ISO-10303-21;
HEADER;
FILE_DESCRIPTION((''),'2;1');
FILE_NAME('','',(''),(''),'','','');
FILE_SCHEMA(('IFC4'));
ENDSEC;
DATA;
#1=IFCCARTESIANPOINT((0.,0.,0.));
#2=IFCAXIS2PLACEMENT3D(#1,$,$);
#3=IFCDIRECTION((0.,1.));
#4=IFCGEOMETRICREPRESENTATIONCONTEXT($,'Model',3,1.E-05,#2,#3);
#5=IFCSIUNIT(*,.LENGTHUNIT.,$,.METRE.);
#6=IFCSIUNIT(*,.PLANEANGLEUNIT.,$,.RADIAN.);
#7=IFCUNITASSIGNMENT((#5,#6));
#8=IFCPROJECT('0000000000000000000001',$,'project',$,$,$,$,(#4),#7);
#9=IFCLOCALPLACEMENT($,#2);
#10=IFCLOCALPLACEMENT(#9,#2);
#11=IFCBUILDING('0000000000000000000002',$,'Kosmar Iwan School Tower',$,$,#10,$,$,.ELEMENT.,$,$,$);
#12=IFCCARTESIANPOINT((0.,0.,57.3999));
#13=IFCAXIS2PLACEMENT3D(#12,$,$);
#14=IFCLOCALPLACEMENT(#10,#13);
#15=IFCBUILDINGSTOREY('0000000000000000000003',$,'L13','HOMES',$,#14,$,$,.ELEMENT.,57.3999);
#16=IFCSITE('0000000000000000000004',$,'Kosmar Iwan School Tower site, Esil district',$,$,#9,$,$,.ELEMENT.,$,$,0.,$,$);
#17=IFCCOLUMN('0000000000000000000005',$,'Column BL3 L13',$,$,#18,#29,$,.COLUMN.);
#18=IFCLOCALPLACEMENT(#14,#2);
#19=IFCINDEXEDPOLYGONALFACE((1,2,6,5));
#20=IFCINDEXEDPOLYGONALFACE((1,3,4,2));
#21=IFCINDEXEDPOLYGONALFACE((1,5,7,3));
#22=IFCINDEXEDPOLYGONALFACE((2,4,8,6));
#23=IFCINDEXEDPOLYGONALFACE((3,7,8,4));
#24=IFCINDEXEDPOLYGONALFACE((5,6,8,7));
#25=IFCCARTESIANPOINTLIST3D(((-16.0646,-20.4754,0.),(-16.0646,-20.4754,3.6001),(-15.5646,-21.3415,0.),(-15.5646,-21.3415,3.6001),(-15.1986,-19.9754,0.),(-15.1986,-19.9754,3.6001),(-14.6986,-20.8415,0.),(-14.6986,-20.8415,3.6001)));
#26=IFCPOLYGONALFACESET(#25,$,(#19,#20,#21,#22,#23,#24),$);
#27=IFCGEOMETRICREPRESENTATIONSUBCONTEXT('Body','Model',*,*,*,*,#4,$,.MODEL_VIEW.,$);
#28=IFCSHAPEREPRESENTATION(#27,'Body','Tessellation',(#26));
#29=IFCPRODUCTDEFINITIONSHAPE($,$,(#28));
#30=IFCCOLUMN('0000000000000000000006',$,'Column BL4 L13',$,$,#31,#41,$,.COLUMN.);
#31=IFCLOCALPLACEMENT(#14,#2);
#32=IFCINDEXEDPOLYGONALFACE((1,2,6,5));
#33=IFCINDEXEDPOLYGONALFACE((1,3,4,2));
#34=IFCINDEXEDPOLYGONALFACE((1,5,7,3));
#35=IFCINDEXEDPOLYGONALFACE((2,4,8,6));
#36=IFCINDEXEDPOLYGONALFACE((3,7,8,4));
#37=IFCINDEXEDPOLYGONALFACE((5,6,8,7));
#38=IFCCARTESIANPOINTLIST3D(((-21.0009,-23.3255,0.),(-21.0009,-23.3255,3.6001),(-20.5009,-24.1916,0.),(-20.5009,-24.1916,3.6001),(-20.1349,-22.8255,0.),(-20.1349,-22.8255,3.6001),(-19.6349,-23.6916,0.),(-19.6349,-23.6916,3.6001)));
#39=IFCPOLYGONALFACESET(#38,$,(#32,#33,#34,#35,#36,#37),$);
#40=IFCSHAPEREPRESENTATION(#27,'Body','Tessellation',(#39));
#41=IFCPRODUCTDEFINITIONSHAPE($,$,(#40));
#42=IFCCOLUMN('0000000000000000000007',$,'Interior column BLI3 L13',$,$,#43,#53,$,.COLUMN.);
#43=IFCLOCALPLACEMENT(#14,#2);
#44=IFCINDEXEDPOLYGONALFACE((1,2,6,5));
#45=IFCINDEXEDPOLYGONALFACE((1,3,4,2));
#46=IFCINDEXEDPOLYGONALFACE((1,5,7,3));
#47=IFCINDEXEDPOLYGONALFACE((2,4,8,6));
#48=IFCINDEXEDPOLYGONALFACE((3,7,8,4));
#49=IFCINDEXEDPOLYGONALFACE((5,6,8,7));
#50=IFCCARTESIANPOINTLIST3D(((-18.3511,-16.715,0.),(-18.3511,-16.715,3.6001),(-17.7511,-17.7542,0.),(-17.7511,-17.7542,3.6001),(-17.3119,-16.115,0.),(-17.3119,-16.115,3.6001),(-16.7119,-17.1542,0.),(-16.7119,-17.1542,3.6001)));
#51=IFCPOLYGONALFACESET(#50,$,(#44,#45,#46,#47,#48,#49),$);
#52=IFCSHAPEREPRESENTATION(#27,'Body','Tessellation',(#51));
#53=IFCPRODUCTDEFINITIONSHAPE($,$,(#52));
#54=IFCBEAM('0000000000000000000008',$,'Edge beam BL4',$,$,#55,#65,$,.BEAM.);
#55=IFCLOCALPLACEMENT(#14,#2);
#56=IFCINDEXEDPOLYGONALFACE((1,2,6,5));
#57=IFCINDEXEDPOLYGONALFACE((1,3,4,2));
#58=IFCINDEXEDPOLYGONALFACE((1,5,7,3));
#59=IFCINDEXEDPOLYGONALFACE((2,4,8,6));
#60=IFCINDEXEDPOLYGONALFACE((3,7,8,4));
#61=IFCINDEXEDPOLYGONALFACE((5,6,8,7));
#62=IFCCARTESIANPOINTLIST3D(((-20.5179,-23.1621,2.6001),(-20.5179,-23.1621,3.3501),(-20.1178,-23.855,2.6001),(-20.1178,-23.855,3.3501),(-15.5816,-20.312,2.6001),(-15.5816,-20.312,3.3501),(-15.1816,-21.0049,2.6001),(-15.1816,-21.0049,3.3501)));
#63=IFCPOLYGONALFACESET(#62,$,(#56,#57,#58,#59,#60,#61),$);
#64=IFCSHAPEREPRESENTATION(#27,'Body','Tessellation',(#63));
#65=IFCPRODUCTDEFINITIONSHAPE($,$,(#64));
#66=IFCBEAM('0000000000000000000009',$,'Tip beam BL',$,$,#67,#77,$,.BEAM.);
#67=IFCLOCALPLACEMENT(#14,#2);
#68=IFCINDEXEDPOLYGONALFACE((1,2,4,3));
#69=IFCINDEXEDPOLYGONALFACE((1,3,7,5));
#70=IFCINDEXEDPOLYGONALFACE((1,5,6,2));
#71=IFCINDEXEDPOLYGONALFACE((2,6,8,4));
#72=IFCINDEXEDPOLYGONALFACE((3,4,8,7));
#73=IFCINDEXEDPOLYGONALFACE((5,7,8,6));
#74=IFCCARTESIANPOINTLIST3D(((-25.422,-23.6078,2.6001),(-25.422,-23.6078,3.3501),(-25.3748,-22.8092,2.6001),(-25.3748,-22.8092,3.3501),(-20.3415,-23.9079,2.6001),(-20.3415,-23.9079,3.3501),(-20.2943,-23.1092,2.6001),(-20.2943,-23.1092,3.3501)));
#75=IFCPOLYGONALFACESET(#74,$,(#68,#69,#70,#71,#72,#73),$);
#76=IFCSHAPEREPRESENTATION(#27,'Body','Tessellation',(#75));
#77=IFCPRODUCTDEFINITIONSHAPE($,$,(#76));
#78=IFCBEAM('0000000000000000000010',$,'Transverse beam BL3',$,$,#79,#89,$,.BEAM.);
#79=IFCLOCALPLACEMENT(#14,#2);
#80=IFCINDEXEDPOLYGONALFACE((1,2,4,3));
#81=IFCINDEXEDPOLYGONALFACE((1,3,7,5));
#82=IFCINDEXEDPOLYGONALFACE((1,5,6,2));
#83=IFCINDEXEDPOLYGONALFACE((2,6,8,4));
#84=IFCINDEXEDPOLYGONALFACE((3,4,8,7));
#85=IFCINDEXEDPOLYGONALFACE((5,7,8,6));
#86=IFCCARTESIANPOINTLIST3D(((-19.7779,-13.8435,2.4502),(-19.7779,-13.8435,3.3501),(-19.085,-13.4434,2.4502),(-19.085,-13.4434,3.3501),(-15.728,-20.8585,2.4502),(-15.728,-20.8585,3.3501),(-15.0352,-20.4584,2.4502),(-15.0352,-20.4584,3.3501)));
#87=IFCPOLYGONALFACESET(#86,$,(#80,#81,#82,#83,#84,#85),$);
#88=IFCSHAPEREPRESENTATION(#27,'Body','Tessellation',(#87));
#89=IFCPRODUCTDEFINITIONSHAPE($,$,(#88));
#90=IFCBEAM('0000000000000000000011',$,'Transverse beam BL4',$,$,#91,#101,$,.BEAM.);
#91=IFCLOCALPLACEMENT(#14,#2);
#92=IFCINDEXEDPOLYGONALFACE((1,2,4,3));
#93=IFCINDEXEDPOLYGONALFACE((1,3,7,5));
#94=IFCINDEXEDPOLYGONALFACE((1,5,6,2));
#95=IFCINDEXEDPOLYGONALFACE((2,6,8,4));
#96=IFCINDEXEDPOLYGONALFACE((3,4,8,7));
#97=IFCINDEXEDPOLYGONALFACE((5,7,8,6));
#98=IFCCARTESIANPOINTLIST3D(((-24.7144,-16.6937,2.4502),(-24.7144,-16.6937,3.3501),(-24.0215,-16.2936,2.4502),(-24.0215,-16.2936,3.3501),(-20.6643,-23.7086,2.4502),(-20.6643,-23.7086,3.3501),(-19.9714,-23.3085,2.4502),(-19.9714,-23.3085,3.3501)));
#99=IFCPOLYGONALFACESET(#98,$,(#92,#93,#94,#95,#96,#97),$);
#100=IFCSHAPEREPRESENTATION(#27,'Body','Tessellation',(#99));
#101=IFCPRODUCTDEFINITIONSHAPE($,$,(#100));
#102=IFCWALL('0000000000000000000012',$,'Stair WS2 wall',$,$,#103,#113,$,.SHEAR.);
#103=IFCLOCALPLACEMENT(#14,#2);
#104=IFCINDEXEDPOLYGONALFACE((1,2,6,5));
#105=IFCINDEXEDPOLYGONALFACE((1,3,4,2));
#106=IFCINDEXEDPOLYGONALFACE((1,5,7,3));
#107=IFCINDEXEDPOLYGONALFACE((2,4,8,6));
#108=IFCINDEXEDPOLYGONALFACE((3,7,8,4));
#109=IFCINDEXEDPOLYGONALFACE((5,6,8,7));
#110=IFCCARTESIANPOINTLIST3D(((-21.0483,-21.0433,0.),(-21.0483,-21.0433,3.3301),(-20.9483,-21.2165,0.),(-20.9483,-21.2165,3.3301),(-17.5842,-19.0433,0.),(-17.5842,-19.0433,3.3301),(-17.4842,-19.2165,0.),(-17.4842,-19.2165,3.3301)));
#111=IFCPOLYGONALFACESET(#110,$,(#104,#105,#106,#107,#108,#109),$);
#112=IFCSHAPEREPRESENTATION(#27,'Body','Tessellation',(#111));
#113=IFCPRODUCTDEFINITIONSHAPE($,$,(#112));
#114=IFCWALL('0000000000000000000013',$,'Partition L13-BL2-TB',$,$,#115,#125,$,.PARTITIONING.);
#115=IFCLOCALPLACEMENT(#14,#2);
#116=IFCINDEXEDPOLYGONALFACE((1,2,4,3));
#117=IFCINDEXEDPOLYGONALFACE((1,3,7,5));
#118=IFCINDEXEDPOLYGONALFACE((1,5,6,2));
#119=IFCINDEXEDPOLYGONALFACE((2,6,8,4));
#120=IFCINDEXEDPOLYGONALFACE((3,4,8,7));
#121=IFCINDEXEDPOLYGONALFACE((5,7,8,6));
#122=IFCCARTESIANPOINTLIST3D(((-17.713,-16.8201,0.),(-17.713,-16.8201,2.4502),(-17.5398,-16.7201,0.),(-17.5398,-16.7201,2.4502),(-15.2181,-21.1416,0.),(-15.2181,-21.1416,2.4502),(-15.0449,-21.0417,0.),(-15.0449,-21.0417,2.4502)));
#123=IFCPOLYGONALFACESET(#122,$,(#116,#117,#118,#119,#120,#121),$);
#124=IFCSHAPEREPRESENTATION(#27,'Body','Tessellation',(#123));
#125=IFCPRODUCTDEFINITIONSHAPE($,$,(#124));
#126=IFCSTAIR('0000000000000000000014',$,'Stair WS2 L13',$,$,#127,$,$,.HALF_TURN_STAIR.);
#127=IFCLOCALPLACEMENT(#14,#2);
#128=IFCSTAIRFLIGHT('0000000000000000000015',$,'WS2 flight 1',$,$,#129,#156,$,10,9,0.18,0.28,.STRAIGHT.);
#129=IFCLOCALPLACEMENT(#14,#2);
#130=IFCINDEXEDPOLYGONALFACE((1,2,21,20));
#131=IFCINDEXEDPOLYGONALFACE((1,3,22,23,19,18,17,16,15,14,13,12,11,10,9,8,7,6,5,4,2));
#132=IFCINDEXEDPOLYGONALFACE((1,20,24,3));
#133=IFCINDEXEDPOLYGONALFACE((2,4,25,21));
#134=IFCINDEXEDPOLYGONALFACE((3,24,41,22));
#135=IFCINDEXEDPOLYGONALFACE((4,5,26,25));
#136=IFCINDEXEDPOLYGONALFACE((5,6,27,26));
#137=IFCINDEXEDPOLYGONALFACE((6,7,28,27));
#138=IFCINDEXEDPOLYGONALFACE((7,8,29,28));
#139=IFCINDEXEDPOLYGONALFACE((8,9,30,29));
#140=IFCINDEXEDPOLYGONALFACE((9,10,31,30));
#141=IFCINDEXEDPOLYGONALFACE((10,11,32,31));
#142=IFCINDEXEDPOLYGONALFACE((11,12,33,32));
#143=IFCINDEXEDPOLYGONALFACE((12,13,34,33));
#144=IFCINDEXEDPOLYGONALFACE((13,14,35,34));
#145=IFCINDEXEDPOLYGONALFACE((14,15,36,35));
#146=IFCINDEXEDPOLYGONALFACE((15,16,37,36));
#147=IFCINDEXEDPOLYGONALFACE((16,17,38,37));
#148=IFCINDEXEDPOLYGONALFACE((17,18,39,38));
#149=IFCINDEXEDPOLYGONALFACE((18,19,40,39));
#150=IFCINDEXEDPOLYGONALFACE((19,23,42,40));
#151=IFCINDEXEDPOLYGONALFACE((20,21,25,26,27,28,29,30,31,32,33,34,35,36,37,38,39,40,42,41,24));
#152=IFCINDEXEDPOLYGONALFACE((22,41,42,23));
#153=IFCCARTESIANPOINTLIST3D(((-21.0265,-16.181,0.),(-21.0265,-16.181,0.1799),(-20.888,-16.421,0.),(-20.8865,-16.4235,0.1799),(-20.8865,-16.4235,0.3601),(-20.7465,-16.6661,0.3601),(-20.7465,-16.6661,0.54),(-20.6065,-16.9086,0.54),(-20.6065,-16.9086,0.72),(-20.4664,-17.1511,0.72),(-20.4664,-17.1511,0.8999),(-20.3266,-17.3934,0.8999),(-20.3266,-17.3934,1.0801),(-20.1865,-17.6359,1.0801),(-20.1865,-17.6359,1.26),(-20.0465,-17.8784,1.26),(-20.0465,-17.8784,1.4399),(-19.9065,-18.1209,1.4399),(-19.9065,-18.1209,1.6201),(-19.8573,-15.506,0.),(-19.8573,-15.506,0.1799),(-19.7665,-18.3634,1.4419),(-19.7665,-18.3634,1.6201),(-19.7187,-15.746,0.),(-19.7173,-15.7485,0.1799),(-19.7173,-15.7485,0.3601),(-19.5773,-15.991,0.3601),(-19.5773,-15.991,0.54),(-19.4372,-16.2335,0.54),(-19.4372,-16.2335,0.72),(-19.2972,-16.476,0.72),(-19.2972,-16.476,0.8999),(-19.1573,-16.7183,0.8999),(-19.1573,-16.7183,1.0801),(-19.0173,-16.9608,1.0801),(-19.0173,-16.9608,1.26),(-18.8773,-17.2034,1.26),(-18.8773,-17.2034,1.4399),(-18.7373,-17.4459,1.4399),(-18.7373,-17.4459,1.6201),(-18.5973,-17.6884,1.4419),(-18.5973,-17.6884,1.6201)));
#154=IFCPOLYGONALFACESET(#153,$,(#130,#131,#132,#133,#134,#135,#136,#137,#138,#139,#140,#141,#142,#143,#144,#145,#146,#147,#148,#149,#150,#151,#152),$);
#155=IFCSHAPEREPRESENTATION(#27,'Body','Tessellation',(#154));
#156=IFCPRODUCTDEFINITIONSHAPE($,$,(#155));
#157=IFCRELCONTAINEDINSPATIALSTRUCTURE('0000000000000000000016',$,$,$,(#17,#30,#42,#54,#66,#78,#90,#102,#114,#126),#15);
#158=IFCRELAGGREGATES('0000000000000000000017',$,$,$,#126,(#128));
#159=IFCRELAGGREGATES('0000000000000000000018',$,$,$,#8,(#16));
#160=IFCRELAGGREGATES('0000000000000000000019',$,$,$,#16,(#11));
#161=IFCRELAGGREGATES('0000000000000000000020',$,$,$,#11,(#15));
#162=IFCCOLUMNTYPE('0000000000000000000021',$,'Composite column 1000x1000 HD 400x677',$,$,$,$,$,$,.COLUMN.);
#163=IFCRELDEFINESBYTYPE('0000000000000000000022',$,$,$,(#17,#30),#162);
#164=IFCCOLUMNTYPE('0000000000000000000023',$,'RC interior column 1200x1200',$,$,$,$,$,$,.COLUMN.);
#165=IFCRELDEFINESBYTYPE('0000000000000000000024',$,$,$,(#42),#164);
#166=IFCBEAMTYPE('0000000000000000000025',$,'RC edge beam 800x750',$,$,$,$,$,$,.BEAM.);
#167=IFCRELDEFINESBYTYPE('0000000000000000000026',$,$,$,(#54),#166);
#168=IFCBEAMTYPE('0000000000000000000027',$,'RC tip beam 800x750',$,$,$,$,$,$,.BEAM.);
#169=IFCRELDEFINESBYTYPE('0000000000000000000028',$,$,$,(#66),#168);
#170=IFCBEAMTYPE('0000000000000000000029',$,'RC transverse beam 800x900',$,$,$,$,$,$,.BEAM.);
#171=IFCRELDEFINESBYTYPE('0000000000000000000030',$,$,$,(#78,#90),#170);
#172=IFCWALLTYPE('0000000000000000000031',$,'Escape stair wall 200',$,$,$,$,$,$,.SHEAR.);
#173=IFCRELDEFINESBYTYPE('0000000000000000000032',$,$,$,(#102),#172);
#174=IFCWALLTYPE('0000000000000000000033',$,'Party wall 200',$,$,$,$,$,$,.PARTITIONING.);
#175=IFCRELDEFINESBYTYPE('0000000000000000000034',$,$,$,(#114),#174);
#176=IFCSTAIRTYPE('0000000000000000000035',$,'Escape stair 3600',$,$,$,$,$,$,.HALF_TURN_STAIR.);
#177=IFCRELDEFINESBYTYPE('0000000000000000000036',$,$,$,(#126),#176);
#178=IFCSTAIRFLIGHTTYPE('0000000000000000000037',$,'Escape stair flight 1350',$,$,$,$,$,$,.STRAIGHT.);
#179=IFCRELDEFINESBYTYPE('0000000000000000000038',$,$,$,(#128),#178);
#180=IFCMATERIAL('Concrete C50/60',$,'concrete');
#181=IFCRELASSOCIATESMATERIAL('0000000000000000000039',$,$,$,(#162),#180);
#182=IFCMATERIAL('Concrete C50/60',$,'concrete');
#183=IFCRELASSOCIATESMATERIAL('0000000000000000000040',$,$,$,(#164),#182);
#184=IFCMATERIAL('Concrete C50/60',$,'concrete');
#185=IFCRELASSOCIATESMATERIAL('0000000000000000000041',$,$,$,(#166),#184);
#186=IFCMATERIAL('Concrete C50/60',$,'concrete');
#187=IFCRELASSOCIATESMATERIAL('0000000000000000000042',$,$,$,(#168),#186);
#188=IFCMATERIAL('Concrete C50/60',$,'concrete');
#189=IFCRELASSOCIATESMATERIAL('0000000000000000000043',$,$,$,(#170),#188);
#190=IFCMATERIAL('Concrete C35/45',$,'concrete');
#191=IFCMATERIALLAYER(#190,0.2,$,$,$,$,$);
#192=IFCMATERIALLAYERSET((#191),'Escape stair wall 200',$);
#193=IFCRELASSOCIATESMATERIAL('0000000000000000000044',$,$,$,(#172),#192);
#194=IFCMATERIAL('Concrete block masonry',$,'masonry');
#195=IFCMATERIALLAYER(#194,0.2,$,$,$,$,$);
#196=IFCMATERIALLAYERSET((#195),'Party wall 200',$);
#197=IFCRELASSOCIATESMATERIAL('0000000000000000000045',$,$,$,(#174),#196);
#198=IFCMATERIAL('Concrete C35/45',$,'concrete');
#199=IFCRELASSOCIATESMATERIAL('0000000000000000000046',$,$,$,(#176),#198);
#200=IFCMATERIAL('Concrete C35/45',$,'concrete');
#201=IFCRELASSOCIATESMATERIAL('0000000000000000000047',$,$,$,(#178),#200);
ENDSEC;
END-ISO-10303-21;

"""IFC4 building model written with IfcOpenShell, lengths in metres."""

from ifc_helpers import new_model, si_unit, direction, frame, frame_2d, origin, origin_2d, place, context, subcontext, project, spatial, polyline, rectangle, outline, extrude, material, layer, layer_set, material_profile, profile_set, type_object, element, aggregate, save


model = new_model("IFC4")

# Units and contexts
model_context = context("Model", 3, precision=1e-05, world=origin(), true_north=direction((0.0, 1.0)))
body_context = subcontext(model_context, "Body", "Model", "MODEL_VIEW")
ifc_project = project(units=[si_unit("LENGTHUNIT", "METRE"), si_unit("PLANEANGLEUNIT", "RADIAN")], contexts=[model_context])

# Site, building, storey
site_placement = place(None, origin())
site = spatial("IfcSite", under=ifc_project, at=site_placement, Name="Kosmar Iwan School Tower site, Esil district", CompositionType="ELEMENT", RefElevation=0.0)
building_placement = place(site_placement, origin())
building = spatial("IfcBuilding", under=site, at=building_placement, Name="Kosmar Iwan School Tower", CompositionType="ELEMENT")
storey_placement = place(building_placement, frame((0.0, 0.0, 57.3999)))
storey = spatial("IfcBuildingStorey", under=building, at=storey_placement, Name="L13", Description="HOMES", CompositionType="ELEMENT", Elevation=57.3999)

# Columns
ifc_material_1 = material(Name="Concrete C50/60", Category="concrete")
ifc_material_profile_1 = material_profile(ifc_material_1, rectangle(XDim=1.0, YDim=1.0, at=origin_2d()), Name="RC 1000x1000 + HD 400x677")
ifc_profile_set_1 = profile_set([ifc_material_profile_1], Name="Concrete C50/60")
column_type_1 = type_object("IfcColumnType", Name="Composite column 1000x1000 HD 400x677", PredefinedType="COLUMN", material=ifc_profile_set_1)
for number, where, z_axis, x_axis, name in (
    (1, (-15.3816, -20.6584, 0.0), (0.0, 0.0, 1.0), (-0.866025, -0.5, 0.0), "Column BL3 L13"),
    (2, (-20.3179, -23.5085, 0.0), (0.0, 0.0, 1.0), (-0.866025, -0.5, 0.0), "Column BL4 L13"),
):
    element("IfcColumn", number, at=place(storey_placement, frame(where, z_axis=z_axis, x_axis=x_axis)), inside=storey, type_object=column_type_1, Name=name, PredefinedType="COLUMN", context=body_context, shape_type="SweptSolid", body=[
        extrude(rectangle(XDim=1.0, YDim=1.0, at=origin_2d()), origin(), (0.0, 0.0, 1.0), 3.6001),
    ])
ifc_material_2 = material(Name="Concrete C50/60", Category="concrete")
ifc_material_profile_2 = material_profile(ifc_material_2, rectangle(XDim=1.2, YDim=1.2, at=origin_2d()), Name="RC 1200x1200")
ifc_profile_set_2 = profile_set([ifc_material_profile_2], Name="Concrete C50/60")
column_type_2 = type_object("IfcColumnType", Name="RC interior column 1200x1200", PredefinedType="COLUMN", material=ifc_profile_set_2)
column_placement = place(storey_placement, frame((-17.5315, -16.9346, 0.0), z_axis=(0.0, 0.0, 1.0), x_axis=(-0.866025, -0.5, 0.0)))
element("IfcColumn", 3, at=column_placement, inside=storey, type_object=column_type_2, Name="Interior column BLI3 L13", PredefinedType="COLUMN", context=body_context, shape_type="SweptSolid", body=[
    extrude(rectangle(XDim=1.2, YDim=1.2, at=origin_2d()), origin(), (0.0, 0.0, 1.0), 3.6001),
])

# Beams
ifc_material_3 = material(Name="Concrete C50/60", Category="concrete")
ifc_material_profile_3 = material_profile(ifc_material_3, rectangle(XDim=0.8, YDim=0.75, at=origin_2d()), Name="RC 800x750")
ifc_profile_set_3 = profile_set([ifc_material_profile_3], Name="Concrete C50/60")
beam_type_1 = type_object("IfcBeamType", Name="RC edge beam 800x750", PredefinedType="BEAM", material=ifc_profile_set_3)
beam_1_placement = place(storey_placement, frame((-15.3816, -20.6584, 2.9751), z_axis=(-0.866015, -0.500018, 0.0), x_axis=(0.500018, -0.866015, 0.0)))
element("IfcBeam", 4, at=beam_1_placement, inside=storey, type_object=beam_type_1, Name="Edge beam BL4", PredefinedType="BEAM", context=body_context, shape_type="SweptSolid", body=[
    extrude(rectangle(XDim=0.8, YDim=0.75, at=origin_2d()), origin(), (0.0, 0.0, 1.0), 5.7),
])
ifc_material_4 = material(Name="Concrete C50/60", Category="concrete")
ifc_material_profile_4 = material_profile(ifc_material_4, rectangle(XDim=0.8, YDim=0.75, at=origin_2d()), Name="RC 800x750")
ifc_profile_set_4 = profile_set([ifc_material_profile_4], Name="Concrete C50/60")
beam_type_2 = type_object("IfcBeamType", Name="RC tip beam 800x750", PredefinedType="BEAM", material=ifc_profile_set_4)
beam_2_placement = place(storey_placement, frame((-20.3179, -23.5085, 2.9751), z_axis=(-0.998261, 0.058955, 0.0), x_axis=(-0.058955, -0.998261, 0.0)))
element("IfcBeam", 5, at=beam_2_placement, inside=storey, type_object=beam_type_2, Name="Tip beam BL", PredefinedType="BEAM", context=body_context, shape_type="SweptSolid", body=[
    extrude(rectangle(XDim=0.8, YDim=0.75, at=origin_2d()), origin(), (0.0, 0.0, 1.0), 5.0894),
])
ifc_material_5 = material(Name="Concrete C50/60", Category="concrete")
ifc_material_profile_5 = material_profile(ifc_material_5, rectangle(XDim=0.8, YDim=0.8999, at=origin_2d()), Name="RC 800x900")
ifc_profile_set_5 = profile_set([ifc_material_profile_5], Name="Concrete C50/60")
beam_type_3 = type_object("IfcBeamType", Name="RC transverse beam 800x900", PredefinedType="BEAM", material=ifc_profile_set_5)
for number, where, z_axis, x_axis, name in (
    (6, (-15.3816, -20.6584, 2.9001), (-0.499977, 0.866039, 0.0), (-0.866039, -0.499977, 0.0), "Transverse beam BL3"),
    (7, (-20.3179, -23.5085, 2.9001), (-0.5, 0.866025, 0.0), (-0.866025, -0.5, 0.0), "Transverse beam BL4"),
):
    element("IfcBeam", number, at=place(storey_placement, frame(where, z_axis=z_axis, x_axis=x_axis)), inside=storey, type_object=beam_type_3, Name=name, PredefinedType="BEAM", context=body_context, shape_type="SweptSolid", body=[
        extrude(rectangle(XDim=0.8, YDim=0.8999, at=origin_2d()), origin(), (0.0, 0.0, 1.0), 8.1001),
    ])

# Walls
ifc_material_6 = material(Name="Concrete C35/45", Category="concrete")
ifc_layer_1 = layer(ifc_material_6, 0.2)
ifc_layer_set_1 = layer_set([ifc_layer_1], Name="Escape stair wall 200")
wall_type_1 = type_object("IfcWallType", Name="Escape stair wall 200", PredefinedType="SHEAR", material=ifc_layer_set_1)
wall_1_placement = place(storey_placement, frame((-17.5342, -19.1299, 0.0), z_axis=(0.0, 0.0, 1.0), x_axis=(-0.866026, -0.499999, 0.0)))
element("IfcWall", 8, at=wall_1_placement, inside=storey, type_object=wall_type_1, Name="Stair WS2 wall", PredefinedType="SHEAR", context=body_context, shape_type="SweptSolid", body=[
    extrude(rectangle(XDim=4.0, YDim=0.2, at=frame_2d((2.0, 0.0))), origin(), (0.0, 0.0, 1.0), 3.3301),
])
ifc_material_7 = material(Name="Concrete block masonry", Category="masonry")
ifc_layer_2 = layer(ifc_material_7, 0.2)
ifc_layer_set_2 = layer_set([ifc_layer_2], Name="Party wall 200")
wall_type_2 = type_object("IfcWallType", Name="Party wall 200", PredefinedType="PARTITIONING", material=ifc_layer_set_2)
wall_2_placement = place(storey_placement, frame((-17.6265, -16.77, 0.0), z_axis=(0.0, 0.0, 1.0), x_axis=(0.499975, -0.86604, 0.0)))
element("IfcWall", 9, at=wall_2_placement, inside=storey, type_object=wall_type_2, Name="Partition L13-BL2-TB", PredefinedType="PARTITIONING", context=body_context, shape_type="SweptSolid", body=[
    extrude(rectangle(XDim=4.99, YDim=0.2, at=frame_2d((2.4951, 0.0))), origin(), (0.0, 0.0, 1.0), 2.4502),
])

# Stair, stair flight
ifc_material_8 = material(Name="Concrete C35/45", Category="concrete")
stair_type = type_object("IfcStairType", Name="Escape stair 3600", PredefinedType="HALF_TURN_STAIR", material=ifc_material_8)
stair_placement = place(storey_placement, origin())
stair = element("IfcStair", 10, at=stair_placement, inside=storey, type_object=stair_type, Name="Stair WS2 L13", PredefinedType="HALF_TURN_STAIR")
ifc_material_9 = material(Name="Concrete C35/45", Category="concrete")
stair_flight_type = type_object("IfcStairFlightType", Name="Escape stair flight 1350", PredefinedType="STRAIGHT", material=ifc_material_9)
stair_flight_1_placement = place(storey_placement, frame((-20.4419, -15.8435, 0.0), z_axis=(0.0, 0.0, 1.0), x_axis=(0.5, -0.866025, 0.0)))
stair_flight_1 = element("IfcStairFlight", 11, at=stair_flight_1_placement, type_object=stair_flight_type, Name="WS2 flight 1", NumberOfRisers=10, NumberOfTreads=9, PredefinedType="STRAIGHT", RiserHeight=0.18, TreadLength=0.28, context=body_context, shape_type="SweptSolid", body=[
    extrude(outline(polyline([(0.0, 0.0), (0.0, 0.1799), (0.28, 0.1799), (0.28, 0.3601), (0.5601, 0.3601), (0.5601, 0.54), (0.8401, 0.54), (0.8401, 0.72), (1.1201, 0.72), (1.1201, 0.8999), (1.3999, 0.8999), (1.3999, 1.0801), (1.6799, 1.0801), (1.6799, 1.26), (1.96, 1.26), (1.96, 1.4399), (2.24, 1.4399), (2.24, 1.6201), (2.52, 1.6201), (2.52, 1.8), (2.52, 1.4419), (0.2771, 0.0), (0.0, 0.0)])), frame((0.0, 0.675, 0.0), z_axis=(0.0, -1.0, 0.0), x_axis=(1.0, 0.0, 0.0)), (0.0, 0.0, 1.0), 1.3501),
])
aggregate(stair, [stair_flight_1])

save(model, "model.ifc")
